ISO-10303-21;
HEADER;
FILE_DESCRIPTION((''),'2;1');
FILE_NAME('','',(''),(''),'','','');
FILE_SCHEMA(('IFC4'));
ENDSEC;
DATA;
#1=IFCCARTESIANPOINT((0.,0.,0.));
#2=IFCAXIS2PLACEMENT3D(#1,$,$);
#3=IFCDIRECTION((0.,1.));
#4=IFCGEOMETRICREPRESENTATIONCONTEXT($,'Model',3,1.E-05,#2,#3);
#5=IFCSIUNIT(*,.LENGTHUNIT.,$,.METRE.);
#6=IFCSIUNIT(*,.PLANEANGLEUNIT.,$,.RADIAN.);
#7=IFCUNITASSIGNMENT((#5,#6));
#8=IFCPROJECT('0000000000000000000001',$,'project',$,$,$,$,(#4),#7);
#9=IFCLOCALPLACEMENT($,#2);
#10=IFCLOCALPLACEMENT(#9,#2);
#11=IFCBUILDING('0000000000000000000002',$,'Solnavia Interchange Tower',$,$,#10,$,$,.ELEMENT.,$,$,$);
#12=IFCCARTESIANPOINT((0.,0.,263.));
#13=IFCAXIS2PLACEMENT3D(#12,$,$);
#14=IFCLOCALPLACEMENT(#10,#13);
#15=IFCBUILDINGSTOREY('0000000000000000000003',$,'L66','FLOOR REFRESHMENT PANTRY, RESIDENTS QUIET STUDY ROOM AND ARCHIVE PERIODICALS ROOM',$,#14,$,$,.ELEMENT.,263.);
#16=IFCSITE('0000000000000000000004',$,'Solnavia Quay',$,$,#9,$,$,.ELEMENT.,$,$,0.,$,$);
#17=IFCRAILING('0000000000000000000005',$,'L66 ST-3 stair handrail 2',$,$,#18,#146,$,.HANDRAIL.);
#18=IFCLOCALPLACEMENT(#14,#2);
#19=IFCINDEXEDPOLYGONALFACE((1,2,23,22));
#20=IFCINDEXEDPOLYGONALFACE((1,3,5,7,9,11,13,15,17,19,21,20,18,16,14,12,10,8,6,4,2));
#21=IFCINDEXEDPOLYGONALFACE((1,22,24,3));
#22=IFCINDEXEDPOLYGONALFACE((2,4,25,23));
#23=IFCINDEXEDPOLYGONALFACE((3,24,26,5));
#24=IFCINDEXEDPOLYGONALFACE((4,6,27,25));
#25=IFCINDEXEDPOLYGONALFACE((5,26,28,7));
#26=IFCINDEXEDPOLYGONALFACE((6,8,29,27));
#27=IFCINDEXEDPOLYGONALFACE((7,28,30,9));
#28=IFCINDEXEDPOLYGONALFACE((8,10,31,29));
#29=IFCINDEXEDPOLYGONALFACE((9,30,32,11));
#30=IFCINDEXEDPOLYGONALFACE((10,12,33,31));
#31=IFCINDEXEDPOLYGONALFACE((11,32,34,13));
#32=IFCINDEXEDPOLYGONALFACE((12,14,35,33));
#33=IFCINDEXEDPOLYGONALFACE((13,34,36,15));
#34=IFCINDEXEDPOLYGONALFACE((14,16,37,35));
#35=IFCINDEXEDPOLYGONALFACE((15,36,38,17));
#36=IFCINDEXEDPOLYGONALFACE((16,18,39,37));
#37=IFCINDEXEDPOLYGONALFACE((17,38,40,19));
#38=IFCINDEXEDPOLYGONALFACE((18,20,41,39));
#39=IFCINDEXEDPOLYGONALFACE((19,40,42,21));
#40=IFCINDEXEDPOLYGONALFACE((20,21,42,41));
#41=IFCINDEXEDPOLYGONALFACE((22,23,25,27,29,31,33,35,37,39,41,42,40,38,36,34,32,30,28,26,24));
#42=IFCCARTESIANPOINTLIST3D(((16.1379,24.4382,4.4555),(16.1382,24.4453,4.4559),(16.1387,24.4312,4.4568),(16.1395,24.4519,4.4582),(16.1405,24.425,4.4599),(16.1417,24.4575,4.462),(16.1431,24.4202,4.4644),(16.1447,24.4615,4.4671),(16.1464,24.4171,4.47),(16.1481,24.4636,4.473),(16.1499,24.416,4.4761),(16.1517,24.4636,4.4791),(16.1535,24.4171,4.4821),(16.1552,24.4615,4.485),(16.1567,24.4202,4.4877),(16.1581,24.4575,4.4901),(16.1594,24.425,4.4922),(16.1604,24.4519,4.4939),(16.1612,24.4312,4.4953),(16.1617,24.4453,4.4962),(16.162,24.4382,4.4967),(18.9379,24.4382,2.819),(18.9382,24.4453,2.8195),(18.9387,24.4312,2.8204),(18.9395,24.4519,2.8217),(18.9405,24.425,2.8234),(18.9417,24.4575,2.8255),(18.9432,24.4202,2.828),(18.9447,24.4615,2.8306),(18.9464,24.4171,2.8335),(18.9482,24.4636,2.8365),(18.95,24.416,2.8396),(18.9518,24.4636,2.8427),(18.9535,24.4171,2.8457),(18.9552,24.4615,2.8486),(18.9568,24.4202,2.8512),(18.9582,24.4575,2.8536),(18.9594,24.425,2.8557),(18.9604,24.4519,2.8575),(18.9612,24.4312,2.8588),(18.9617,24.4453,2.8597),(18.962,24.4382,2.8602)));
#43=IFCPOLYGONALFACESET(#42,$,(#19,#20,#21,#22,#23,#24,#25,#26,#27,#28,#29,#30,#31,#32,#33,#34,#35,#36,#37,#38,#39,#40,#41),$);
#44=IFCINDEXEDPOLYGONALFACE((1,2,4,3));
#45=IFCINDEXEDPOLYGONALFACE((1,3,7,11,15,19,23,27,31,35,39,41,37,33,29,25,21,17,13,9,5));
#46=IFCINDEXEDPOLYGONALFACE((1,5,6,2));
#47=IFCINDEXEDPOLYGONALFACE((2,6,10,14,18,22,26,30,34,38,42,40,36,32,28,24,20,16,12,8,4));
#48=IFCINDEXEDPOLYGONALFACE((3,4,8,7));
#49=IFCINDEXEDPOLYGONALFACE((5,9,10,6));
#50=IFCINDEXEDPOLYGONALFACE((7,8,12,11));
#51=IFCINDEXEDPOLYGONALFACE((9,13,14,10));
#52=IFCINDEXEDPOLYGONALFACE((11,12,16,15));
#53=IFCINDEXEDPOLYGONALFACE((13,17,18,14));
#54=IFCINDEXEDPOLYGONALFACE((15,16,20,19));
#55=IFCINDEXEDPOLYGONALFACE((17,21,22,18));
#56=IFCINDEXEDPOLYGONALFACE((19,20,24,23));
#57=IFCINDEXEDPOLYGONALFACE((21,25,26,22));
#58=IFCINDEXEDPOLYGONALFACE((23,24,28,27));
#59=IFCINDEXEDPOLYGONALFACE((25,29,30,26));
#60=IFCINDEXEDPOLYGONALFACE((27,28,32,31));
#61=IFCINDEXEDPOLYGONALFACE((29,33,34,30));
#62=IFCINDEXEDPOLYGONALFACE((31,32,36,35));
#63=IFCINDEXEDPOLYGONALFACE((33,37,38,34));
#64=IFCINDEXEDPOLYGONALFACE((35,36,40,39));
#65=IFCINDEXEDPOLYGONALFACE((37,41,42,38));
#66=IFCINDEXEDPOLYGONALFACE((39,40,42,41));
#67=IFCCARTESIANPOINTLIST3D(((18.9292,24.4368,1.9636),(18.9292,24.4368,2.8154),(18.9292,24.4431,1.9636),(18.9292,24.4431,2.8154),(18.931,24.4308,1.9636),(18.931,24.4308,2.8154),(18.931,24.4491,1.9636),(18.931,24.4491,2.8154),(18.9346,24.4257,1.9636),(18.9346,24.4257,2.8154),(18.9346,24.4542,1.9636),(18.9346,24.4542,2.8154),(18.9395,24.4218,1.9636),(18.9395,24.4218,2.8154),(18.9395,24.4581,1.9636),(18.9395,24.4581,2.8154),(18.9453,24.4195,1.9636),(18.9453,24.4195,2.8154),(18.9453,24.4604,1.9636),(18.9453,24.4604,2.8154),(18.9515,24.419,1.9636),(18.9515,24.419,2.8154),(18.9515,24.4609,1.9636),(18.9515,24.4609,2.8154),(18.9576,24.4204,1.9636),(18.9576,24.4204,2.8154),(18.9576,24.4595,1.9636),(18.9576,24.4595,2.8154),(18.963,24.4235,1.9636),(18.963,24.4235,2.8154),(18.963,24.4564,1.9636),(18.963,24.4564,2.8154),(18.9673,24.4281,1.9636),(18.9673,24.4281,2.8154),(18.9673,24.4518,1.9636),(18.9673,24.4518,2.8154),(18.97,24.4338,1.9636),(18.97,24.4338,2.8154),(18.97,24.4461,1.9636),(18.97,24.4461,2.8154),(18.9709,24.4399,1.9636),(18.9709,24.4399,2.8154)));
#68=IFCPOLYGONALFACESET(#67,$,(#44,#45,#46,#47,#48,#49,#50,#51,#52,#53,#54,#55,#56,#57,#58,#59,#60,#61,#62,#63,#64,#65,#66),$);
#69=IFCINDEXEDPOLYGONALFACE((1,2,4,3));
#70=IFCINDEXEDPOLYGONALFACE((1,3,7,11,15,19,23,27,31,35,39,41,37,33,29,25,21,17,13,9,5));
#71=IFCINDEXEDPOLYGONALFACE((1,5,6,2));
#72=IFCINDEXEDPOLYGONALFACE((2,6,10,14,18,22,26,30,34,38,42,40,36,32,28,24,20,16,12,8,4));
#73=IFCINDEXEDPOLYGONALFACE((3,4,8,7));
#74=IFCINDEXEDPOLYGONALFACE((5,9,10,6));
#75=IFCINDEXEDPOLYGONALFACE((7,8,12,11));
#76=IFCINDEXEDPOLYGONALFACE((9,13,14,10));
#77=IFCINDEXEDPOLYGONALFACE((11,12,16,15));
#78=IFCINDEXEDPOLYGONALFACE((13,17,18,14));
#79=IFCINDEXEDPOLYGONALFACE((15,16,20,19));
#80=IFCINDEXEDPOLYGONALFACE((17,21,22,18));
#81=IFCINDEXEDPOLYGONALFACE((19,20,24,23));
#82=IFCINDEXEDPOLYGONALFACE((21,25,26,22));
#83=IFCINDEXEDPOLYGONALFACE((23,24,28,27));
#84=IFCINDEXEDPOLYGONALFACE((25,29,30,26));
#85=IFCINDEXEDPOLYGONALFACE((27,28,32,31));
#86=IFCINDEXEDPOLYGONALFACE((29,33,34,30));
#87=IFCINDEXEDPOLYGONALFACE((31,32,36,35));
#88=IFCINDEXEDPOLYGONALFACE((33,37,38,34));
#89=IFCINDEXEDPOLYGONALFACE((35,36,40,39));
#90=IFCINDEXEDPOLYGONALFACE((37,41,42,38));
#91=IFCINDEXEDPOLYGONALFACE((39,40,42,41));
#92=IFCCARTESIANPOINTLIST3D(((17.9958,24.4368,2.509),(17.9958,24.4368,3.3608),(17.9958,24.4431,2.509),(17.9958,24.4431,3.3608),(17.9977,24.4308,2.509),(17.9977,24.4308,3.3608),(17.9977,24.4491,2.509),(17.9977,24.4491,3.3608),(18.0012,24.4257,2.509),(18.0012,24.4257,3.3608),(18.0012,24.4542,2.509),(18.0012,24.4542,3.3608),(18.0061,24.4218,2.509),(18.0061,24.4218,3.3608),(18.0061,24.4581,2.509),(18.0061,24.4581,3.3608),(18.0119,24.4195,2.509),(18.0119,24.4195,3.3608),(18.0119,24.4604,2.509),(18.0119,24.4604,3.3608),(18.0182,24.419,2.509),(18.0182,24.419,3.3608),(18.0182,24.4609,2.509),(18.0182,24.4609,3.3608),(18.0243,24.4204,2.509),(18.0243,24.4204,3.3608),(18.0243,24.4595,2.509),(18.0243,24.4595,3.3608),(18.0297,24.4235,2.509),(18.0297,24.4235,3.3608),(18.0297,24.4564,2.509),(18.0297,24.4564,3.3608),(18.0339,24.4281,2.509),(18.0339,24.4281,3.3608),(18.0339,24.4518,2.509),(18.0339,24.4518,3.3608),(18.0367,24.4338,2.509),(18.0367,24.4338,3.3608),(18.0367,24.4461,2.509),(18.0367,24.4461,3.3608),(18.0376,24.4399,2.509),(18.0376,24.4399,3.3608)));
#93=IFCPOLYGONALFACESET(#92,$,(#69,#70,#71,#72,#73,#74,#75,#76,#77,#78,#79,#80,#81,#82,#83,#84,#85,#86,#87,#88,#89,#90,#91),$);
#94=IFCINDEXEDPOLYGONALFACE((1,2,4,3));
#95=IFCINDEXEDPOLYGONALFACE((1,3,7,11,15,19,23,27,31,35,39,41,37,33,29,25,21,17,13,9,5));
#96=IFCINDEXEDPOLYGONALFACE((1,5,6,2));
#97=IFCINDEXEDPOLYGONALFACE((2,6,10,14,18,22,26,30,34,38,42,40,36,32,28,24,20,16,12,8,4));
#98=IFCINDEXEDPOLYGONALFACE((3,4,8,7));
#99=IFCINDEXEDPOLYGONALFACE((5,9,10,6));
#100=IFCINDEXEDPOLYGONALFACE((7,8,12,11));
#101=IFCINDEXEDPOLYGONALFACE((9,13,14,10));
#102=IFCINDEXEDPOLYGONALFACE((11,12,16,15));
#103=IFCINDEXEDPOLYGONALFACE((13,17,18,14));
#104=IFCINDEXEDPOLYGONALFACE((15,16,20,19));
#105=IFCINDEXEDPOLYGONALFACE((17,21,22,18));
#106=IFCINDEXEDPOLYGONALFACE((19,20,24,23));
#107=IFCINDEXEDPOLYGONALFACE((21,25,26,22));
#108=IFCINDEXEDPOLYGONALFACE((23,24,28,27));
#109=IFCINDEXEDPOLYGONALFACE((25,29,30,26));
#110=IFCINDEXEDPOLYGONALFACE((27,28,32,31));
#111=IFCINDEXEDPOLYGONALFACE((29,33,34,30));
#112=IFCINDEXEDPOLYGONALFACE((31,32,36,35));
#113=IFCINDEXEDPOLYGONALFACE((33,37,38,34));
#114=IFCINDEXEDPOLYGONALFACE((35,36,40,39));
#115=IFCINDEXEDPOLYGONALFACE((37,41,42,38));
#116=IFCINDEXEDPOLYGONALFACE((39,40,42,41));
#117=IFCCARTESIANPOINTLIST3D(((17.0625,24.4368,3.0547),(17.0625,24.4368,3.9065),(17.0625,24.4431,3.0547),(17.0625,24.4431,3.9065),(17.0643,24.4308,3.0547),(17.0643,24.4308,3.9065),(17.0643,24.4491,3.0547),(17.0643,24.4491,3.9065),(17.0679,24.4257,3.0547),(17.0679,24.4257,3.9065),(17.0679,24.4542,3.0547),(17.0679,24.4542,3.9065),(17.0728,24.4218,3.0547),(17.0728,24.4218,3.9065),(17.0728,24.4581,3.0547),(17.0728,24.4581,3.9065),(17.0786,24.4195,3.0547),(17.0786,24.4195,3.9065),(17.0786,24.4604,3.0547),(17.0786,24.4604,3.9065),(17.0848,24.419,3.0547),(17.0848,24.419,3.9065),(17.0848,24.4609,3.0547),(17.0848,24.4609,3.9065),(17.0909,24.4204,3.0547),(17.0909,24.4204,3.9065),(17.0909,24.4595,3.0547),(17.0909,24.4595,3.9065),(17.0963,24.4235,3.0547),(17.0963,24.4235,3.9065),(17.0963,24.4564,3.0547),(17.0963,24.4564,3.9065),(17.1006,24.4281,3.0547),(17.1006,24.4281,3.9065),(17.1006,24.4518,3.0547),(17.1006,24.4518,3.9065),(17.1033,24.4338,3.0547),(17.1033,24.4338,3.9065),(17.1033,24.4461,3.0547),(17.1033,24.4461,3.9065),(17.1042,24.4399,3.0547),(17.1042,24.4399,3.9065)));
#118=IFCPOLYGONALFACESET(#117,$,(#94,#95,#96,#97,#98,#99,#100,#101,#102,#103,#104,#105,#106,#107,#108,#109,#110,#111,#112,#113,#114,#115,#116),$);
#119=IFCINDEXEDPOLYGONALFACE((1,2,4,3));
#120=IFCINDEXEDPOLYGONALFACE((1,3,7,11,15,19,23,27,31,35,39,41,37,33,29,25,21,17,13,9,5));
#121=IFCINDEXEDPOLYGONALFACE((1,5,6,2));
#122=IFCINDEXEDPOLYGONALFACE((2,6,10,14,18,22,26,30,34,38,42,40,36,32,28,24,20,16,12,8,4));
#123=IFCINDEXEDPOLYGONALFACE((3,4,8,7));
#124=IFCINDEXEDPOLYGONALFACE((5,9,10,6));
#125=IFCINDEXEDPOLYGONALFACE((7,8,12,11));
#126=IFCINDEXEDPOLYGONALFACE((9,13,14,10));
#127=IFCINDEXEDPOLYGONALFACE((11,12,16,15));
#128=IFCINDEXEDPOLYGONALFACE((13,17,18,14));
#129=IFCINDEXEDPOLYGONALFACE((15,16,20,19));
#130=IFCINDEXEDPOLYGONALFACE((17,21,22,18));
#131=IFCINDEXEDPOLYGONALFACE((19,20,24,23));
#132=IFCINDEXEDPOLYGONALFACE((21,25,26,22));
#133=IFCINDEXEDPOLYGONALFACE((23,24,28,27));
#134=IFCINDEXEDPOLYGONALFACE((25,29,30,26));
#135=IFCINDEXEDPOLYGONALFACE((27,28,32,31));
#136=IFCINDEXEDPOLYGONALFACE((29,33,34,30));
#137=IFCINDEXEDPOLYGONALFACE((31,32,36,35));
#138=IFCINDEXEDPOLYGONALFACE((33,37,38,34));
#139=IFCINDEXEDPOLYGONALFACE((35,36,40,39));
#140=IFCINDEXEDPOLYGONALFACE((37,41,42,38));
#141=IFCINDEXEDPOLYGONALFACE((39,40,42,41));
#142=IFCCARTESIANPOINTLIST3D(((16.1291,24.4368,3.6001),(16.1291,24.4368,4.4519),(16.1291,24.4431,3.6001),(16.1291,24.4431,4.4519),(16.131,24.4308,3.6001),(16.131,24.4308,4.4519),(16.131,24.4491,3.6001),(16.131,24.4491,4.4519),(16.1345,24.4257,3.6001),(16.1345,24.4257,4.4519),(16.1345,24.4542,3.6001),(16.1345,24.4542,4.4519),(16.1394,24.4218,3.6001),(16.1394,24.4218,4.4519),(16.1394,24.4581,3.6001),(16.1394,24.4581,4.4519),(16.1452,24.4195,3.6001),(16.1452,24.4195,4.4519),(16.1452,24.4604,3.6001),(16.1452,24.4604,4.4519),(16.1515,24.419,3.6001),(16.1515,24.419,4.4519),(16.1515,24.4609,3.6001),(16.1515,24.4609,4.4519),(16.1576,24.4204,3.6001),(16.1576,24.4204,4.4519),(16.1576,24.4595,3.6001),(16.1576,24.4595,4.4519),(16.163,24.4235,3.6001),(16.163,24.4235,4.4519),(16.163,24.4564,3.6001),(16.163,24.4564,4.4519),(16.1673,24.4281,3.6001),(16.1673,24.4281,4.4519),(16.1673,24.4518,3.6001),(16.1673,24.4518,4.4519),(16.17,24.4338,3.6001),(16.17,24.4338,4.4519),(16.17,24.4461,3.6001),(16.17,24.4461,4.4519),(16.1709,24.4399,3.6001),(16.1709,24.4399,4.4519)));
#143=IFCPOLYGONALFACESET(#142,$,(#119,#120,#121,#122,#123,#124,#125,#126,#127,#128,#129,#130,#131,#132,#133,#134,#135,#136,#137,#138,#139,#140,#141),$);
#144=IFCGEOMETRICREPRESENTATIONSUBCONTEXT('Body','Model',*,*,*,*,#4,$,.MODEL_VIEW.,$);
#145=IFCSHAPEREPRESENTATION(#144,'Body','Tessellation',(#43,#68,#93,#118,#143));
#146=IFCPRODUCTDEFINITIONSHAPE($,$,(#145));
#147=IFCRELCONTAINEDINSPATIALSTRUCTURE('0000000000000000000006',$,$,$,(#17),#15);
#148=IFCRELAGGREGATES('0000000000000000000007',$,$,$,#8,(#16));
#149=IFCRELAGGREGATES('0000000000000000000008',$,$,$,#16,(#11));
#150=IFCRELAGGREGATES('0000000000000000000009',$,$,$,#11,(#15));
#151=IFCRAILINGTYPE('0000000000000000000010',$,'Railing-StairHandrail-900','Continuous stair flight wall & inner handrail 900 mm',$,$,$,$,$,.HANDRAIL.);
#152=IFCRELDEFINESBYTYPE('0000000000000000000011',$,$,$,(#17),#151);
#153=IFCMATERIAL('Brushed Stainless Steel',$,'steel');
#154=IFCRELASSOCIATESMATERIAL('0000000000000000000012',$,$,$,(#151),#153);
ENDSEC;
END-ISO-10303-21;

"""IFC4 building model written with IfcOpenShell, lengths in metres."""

from ifc_helpers import new_model, si_unit, direction, frame, origin, origin_2d, place, context, subcontext, project, spatial, circle, extrude, material, type_object, element, save


model = new_model("IFC4")

# Units and contexts
model_context = context("Model", 3, precision=1e-05, world=origin(), true_north=direction((0.0, 1.0)))
body_context = subcontext(model_context, "Body", "Model", "MODEL_VIEW")
ifc_project = project(units=[si_unit("LENGTHUNIT", "METRE"), si_unit("PLANEANGLEUNIT", "RADIAN")], contexts=[model_context])

# Site, building, storey
site_placement = place(None, origin())
site = spatial("IfcSite", under=ifc_project, at=site_placement, Name="Solnavia Quay", CompositionType="ELEMENT", RefElevation=0.0)
building_placement = place(site_placement, origin())
building = spatial("IfcBuilding", under=site, at=building_placement, Name="Solnavia Interchange Tower", CompositionType="ELEMENT")
storey_placement = place(building_placement, frame((0.0, 0.0, 263.0)))
storey = spatial("IfcBuildingStorey", under=building, at=storey_placement, Name="L66", Description="FLOOR REFRESHMENT PANTRY, RESIDENTS QUIET STUDY ROOM AND ARCHIVE PERIODICALS ROOM", CompositionType="ELEMENT", Elevation=263.0)

# Railing
ifc_material_1 = material(Name="Brushed Stainless Steel", Category="steel")
railing_type = type_object("IfcRailingType", Name="Railing-StairHandrail-900", Description="Continuous stair flight wall & inner handrail 900 mm", PredefinedType="HANDRAIL", material=ifc_material_1)
railing_placement = place(storey_placement, frame((18.95, 24.4399, 1.9636)))
element("IfcRailing", 1, at=railing_placement, inside=storey, type_object=railing_type, Name="L66 ST-3 stair handrail 2", PredefinedType="HANDRAIL", context=body_context, shape_type="SweptSolid", body=[
    extrude(circle(Radius=0.0239, at=origin_2d()), frame((0.0, 0.0, 0.876), z_axis=(-0.863361, 0.0, 0.504587), x_axis=(0.0, -1.0, 0.0)), (0.0, 0.0, 1.0), 3.2432),
    extrude(circle(Radius=0.021, at=origin_2d()), origin(), (0.0, 0.0, 1.0), 0.8518),
    extrude(circle(Radius=0.021, at=origin_2d()), frame((-0.9333, 0.0, 0.5454)), (0.0, 0.0, 1.0), 0.8518),
    extrude(circle(Radius=0.021, at=origin_2d()), frame((-1.8667, 0.0, 1.0911)), (0.0, 0.0, 1.0), 0.8518),
    extrude(circle(Radius=0.021, at=origin_2d()), frame((-2.8, 0.0, 1.6365)), (0.0, 0.0, 1.0), 0.8518),
])

save(model, "model.ifc")
